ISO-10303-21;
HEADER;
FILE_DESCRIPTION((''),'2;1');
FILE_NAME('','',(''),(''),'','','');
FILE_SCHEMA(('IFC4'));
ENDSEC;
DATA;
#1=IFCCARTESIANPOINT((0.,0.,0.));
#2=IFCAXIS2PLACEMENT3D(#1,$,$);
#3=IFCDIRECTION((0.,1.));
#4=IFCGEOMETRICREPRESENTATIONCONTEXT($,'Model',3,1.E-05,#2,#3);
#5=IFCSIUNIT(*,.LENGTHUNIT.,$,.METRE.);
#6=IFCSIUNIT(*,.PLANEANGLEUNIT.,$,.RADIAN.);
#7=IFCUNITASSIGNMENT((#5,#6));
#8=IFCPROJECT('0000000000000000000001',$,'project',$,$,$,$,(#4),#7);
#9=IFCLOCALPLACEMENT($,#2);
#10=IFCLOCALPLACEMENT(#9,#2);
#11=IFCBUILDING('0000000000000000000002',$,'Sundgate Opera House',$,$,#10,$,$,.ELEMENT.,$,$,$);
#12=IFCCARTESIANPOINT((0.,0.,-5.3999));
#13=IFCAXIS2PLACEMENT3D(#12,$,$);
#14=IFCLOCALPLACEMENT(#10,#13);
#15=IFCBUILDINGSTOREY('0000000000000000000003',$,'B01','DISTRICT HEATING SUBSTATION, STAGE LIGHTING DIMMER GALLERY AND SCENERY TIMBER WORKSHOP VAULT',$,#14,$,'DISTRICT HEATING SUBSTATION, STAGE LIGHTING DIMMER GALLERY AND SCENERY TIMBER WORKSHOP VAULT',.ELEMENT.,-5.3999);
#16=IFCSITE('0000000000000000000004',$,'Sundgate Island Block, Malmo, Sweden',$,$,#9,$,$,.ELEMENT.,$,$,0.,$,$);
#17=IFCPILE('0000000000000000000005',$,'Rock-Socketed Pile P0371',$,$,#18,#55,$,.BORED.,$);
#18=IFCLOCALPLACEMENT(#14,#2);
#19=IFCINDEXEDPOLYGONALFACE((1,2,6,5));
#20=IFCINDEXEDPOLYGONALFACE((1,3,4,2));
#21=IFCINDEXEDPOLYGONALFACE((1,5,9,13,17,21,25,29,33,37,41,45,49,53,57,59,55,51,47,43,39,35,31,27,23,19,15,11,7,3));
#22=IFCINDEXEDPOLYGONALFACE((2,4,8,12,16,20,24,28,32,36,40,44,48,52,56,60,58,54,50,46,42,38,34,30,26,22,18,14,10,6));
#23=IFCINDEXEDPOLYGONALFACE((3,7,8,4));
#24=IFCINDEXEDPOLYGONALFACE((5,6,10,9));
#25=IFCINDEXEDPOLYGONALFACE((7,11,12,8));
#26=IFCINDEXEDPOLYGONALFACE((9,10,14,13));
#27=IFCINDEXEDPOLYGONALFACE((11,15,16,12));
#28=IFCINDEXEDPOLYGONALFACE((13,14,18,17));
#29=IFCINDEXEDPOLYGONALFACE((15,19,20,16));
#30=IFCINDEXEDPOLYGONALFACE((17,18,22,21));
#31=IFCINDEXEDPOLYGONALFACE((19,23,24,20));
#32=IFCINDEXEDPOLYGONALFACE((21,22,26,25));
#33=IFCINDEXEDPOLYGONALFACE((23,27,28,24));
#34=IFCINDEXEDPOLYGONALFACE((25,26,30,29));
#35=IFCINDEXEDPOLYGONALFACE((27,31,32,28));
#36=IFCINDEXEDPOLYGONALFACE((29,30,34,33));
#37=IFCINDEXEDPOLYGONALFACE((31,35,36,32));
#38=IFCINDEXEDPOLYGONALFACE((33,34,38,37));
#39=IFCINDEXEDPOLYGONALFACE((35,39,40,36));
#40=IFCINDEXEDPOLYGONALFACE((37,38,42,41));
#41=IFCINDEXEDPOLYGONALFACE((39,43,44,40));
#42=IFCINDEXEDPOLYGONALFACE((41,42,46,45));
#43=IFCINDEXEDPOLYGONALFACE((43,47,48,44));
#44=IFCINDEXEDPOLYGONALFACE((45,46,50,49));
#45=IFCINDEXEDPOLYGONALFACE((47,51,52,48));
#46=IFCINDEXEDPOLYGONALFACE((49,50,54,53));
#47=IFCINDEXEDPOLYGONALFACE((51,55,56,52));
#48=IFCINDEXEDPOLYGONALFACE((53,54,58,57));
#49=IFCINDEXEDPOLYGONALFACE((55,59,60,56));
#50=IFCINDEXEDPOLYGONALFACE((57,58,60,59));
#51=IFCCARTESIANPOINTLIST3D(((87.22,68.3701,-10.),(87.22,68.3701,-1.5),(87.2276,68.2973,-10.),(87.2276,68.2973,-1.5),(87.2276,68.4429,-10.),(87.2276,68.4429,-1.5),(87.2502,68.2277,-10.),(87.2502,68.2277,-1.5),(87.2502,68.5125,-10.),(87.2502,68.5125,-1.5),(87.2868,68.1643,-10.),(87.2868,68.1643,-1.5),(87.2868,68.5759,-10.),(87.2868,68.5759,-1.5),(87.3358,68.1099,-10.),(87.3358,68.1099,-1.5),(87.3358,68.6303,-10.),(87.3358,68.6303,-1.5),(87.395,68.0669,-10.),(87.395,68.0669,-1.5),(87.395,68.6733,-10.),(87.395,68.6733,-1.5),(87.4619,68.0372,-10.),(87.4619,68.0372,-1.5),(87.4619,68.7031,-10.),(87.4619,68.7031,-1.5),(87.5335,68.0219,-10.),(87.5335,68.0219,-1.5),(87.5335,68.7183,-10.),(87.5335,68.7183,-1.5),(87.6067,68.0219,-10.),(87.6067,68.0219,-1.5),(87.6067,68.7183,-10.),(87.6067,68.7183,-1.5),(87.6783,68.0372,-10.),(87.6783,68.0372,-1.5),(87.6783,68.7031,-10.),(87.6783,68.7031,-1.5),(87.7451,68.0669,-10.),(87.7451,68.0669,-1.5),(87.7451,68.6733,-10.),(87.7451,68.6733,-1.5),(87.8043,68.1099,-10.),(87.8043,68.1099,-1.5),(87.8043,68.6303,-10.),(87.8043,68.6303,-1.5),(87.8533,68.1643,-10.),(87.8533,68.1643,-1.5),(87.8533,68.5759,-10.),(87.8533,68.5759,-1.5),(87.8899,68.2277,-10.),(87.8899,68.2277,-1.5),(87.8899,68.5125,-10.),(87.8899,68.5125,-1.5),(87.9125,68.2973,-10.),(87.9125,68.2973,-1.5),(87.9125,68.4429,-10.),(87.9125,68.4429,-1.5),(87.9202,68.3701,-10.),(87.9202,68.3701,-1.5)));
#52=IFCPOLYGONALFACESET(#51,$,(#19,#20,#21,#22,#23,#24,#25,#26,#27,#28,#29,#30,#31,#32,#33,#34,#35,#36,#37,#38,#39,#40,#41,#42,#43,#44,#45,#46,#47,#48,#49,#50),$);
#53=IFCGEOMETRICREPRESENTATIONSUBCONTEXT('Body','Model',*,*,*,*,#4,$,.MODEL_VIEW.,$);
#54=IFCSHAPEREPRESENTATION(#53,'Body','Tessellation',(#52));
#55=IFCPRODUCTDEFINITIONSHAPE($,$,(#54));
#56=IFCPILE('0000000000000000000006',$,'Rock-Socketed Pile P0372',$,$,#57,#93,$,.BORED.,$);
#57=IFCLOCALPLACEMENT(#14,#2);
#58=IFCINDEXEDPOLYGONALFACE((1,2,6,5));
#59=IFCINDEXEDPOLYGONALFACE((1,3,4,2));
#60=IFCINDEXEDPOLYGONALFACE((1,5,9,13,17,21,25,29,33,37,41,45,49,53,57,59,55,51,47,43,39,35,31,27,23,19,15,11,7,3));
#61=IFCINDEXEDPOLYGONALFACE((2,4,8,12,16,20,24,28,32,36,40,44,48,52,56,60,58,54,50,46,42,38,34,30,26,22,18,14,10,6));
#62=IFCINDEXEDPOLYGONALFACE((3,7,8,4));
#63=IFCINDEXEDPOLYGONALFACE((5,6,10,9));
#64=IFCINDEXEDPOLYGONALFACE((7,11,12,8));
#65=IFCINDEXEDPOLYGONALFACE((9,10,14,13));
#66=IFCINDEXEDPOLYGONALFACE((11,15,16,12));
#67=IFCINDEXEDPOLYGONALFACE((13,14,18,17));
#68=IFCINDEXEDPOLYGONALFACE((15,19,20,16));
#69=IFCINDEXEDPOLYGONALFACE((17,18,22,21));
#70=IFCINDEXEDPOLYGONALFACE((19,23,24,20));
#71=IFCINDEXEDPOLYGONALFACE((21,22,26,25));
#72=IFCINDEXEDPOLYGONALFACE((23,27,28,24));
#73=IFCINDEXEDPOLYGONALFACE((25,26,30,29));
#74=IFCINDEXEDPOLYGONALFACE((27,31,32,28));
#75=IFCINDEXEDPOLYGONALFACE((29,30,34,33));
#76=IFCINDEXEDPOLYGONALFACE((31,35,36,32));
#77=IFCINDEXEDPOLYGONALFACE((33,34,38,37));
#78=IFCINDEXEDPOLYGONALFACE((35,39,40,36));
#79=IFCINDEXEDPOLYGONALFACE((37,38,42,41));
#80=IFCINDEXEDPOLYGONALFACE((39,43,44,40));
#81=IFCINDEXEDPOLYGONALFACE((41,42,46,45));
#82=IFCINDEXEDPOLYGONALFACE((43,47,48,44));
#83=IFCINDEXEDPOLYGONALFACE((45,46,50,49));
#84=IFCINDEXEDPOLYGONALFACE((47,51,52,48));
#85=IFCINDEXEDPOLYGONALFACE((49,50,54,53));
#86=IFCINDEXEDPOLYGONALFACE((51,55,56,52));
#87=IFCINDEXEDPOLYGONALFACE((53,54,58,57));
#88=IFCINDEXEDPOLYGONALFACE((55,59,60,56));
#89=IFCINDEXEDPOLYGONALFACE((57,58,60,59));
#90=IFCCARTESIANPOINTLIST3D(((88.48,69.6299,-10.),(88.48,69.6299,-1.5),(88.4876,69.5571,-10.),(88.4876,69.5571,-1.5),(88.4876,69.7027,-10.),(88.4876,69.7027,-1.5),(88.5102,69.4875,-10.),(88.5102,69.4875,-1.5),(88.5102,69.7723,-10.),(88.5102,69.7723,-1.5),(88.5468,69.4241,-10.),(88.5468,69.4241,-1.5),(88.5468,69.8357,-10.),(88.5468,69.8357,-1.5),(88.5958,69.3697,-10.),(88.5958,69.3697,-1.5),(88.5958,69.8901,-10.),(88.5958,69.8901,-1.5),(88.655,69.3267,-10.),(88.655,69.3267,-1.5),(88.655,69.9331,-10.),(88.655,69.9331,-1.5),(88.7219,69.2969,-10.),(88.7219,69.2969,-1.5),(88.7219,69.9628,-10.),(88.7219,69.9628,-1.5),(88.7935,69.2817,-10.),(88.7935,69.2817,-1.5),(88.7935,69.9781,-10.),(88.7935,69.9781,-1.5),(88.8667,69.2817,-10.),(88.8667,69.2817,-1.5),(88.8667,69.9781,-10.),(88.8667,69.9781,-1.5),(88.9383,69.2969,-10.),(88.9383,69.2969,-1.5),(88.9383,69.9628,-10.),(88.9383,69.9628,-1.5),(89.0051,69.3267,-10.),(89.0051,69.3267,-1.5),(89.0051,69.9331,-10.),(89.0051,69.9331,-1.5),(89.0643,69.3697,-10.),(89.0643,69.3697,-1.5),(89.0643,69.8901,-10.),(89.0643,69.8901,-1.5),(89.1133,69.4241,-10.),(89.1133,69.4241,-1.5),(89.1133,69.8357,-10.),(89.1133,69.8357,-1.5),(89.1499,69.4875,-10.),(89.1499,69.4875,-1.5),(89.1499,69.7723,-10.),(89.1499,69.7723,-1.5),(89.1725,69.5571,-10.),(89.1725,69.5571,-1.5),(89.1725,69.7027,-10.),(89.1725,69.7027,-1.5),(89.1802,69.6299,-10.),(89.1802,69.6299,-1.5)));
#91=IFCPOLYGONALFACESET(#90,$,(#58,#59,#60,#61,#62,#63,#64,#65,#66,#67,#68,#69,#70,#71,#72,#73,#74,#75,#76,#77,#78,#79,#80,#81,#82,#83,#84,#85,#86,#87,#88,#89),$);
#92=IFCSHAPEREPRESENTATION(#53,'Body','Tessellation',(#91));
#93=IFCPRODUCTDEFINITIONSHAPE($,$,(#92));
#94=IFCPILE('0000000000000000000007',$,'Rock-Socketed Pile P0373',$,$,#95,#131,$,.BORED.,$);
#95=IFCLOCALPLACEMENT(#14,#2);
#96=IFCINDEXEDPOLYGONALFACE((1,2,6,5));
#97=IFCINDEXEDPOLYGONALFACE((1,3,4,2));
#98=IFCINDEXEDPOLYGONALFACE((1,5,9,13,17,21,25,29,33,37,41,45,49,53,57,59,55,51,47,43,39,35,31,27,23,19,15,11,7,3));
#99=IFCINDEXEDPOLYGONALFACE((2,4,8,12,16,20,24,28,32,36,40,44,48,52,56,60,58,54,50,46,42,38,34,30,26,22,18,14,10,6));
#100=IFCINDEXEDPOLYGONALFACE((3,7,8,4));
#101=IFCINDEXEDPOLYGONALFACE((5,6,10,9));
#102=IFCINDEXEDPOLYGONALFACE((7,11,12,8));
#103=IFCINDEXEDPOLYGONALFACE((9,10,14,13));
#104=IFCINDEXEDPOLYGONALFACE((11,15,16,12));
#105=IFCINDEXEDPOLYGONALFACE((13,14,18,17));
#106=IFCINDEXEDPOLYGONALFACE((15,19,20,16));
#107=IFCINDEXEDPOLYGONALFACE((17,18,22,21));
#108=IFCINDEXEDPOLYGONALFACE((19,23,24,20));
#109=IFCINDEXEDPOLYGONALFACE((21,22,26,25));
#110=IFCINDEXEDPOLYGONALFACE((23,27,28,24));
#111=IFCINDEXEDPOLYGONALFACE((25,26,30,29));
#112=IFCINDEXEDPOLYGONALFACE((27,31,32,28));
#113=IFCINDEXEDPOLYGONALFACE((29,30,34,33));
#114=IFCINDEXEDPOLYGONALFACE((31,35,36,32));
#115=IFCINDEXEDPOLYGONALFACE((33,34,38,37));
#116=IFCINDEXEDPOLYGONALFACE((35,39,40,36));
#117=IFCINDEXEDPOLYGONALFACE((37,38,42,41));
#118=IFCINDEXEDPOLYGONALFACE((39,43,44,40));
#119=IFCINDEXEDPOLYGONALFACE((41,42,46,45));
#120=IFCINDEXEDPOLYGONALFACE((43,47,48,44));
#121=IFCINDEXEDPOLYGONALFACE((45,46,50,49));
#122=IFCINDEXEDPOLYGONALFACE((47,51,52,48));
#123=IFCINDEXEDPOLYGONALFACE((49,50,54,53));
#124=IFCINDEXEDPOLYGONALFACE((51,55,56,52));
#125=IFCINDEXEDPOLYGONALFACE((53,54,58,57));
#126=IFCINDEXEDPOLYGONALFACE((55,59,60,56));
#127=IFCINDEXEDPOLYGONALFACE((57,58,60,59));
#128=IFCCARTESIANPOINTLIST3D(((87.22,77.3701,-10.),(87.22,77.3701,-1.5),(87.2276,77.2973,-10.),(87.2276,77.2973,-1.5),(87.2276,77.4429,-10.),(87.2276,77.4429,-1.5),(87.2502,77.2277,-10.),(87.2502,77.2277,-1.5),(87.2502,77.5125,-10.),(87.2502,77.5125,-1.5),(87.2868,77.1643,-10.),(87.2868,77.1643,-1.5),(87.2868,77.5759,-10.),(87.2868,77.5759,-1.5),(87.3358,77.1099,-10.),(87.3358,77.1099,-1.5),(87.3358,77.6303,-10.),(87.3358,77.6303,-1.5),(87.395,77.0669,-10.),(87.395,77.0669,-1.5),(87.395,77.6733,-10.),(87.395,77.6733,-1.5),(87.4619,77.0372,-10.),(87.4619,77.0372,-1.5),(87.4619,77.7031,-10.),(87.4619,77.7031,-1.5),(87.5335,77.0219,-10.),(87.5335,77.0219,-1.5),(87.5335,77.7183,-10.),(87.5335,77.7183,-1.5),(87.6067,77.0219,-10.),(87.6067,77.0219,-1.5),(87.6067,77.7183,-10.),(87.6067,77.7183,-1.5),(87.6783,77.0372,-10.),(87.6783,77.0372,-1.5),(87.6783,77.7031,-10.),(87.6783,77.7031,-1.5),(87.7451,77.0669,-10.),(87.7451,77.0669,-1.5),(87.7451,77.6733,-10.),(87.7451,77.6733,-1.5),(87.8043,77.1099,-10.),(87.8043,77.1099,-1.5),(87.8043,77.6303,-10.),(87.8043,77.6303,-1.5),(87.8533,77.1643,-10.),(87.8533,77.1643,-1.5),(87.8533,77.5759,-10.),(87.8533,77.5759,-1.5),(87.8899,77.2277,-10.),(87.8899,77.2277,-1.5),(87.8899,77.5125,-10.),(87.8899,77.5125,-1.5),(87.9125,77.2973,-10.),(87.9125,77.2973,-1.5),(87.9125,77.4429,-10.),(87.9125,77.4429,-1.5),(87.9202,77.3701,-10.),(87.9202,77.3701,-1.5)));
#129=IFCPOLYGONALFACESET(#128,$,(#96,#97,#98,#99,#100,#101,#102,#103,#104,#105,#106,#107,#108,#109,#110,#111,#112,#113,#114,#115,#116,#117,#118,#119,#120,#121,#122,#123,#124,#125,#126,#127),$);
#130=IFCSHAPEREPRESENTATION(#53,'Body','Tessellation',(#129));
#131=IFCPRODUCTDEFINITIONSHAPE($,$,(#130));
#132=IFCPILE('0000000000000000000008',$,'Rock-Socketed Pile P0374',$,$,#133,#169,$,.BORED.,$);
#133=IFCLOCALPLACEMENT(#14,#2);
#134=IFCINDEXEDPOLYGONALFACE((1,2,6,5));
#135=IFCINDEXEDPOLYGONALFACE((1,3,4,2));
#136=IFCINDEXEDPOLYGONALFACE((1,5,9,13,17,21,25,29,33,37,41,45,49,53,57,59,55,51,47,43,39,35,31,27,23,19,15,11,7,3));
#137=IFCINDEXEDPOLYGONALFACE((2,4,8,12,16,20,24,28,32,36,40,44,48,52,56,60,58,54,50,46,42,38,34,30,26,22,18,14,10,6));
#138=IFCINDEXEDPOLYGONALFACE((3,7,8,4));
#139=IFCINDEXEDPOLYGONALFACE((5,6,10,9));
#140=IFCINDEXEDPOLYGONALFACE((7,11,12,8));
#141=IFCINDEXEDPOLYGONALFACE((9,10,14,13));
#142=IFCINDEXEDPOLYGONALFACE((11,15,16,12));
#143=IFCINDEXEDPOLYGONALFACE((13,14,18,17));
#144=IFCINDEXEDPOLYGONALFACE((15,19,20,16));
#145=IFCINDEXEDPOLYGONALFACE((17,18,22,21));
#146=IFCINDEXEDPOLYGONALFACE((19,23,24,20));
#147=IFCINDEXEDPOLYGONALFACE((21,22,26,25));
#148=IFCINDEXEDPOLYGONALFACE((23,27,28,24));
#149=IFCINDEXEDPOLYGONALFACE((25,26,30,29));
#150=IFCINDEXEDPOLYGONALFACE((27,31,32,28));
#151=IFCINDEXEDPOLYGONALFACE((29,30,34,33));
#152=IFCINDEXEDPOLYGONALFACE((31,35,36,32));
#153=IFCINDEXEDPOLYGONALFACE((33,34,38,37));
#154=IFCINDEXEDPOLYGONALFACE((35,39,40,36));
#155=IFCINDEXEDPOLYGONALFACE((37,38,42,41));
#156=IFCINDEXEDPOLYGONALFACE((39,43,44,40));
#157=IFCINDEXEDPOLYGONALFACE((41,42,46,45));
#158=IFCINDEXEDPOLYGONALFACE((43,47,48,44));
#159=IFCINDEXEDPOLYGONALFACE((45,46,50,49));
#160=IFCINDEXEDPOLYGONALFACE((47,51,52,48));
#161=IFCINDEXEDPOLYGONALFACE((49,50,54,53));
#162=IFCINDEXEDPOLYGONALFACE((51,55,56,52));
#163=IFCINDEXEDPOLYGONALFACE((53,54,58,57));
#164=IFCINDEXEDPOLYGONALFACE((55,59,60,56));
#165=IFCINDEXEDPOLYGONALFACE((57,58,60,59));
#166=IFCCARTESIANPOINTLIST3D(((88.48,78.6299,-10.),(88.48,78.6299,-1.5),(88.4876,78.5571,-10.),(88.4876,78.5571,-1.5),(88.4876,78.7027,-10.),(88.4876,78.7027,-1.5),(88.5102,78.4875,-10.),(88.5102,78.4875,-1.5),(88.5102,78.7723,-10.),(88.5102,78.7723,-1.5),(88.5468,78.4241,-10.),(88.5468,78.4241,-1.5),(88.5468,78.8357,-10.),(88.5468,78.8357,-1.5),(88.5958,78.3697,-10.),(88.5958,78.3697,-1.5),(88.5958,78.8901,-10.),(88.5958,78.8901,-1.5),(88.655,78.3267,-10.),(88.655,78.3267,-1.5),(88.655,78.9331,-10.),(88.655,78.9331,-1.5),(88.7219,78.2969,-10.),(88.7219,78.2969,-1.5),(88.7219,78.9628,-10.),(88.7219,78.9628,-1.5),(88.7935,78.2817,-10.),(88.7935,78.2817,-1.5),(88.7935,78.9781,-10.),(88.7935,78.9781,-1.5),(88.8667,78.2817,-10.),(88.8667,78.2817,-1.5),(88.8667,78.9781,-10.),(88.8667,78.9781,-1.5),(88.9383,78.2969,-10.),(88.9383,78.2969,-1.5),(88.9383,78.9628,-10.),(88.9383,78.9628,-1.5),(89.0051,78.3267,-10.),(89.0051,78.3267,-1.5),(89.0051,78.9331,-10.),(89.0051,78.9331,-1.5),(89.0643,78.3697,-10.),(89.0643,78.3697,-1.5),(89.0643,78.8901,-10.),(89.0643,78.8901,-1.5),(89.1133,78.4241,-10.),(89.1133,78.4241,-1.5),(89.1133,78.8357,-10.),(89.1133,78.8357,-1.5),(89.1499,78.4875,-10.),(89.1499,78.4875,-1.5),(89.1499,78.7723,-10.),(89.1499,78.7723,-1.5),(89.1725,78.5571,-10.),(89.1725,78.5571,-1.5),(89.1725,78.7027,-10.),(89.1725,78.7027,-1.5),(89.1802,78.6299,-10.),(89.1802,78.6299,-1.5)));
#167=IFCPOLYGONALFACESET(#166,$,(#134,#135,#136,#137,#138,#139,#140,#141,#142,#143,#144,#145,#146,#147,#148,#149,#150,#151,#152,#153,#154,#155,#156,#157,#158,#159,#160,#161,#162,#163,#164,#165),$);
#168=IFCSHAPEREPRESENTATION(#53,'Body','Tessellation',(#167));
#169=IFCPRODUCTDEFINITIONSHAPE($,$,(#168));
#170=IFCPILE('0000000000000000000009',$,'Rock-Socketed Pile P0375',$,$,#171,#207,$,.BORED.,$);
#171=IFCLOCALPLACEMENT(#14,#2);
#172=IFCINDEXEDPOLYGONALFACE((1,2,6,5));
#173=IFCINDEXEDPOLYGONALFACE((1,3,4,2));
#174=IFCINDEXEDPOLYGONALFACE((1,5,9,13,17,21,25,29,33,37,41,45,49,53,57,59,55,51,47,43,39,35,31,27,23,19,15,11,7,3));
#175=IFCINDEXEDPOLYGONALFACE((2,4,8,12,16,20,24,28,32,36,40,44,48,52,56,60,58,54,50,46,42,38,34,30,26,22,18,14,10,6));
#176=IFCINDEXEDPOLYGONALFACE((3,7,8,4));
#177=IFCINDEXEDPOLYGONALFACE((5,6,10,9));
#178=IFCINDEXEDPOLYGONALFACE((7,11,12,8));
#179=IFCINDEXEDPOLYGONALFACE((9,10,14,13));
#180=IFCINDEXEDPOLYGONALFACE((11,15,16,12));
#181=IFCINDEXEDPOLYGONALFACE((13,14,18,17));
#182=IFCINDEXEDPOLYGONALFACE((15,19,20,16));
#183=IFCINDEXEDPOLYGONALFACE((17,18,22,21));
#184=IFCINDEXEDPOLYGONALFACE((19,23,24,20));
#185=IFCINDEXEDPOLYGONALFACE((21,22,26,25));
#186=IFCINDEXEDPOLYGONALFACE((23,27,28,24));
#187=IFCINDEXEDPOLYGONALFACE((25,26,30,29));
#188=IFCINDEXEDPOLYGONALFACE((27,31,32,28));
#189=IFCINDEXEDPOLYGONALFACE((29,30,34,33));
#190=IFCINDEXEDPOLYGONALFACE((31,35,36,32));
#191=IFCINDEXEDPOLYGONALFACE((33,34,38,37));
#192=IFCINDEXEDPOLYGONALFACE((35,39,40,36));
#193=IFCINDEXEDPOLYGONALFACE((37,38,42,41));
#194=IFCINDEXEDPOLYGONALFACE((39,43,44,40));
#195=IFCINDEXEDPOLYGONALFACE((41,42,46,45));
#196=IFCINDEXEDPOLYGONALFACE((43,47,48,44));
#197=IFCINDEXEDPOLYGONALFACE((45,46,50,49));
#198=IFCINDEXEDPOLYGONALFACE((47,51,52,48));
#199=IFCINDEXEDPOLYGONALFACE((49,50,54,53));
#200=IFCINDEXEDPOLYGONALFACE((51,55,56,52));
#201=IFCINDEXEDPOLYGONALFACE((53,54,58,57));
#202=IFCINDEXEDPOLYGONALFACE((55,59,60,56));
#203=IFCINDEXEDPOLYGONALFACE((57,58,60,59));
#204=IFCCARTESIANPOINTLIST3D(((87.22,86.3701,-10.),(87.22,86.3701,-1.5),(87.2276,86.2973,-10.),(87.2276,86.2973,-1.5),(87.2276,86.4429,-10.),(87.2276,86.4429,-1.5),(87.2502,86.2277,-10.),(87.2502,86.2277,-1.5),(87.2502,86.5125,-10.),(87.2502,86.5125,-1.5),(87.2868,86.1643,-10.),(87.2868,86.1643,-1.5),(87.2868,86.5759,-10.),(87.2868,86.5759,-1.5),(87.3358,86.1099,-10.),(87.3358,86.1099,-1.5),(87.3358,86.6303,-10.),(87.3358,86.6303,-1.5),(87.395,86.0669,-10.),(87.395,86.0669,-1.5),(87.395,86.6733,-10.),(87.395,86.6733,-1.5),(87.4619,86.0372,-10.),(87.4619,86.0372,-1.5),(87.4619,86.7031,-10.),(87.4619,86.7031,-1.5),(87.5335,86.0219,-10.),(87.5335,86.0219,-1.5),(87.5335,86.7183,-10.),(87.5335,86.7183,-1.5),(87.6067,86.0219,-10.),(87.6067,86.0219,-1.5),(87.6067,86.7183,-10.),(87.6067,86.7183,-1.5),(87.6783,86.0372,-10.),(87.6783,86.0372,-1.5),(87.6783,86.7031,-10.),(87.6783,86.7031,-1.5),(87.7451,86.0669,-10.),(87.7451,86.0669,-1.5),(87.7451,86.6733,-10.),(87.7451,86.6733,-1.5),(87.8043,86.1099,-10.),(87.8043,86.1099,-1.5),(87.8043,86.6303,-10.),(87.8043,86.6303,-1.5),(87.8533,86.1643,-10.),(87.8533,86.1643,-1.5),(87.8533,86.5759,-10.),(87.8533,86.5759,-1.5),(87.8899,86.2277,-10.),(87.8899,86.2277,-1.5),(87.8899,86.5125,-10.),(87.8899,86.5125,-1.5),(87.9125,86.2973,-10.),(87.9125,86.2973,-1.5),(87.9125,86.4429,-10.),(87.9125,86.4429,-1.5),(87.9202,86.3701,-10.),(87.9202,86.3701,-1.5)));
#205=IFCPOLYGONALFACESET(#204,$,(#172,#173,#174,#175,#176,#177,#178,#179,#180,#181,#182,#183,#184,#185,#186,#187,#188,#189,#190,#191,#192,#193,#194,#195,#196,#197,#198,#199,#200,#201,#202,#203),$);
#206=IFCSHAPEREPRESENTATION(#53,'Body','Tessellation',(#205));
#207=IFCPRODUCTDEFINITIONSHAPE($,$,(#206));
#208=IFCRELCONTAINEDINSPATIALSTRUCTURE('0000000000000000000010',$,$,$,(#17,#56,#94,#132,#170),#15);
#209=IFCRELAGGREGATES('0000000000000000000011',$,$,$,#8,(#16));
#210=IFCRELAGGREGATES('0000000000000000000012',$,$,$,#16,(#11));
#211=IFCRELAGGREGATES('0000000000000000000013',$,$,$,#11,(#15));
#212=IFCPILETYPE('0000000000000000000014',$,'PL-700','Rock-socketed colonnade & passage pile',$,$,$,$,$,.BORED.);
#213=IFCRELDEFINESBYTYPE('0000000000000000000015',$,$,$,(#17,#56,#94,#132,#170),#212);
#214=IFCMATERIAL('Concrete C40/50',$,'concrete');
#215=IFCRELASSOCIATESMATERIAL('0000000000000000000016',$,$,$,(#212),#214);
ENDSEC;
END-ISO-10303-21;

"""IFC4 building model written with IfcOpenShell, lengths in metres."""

from ifc_helpers import new_model, si_unit, direction, frame, origin, origin_2d, place, context, subcontext, project, spatial, circle, extrude, material, material_profile, profile_set, type_object, element, save


model = new_model("IFC4")

# Units and contexts
model_context = context("Model", 3, precision=1e-05, world=origin(), true_north=direction((0.0, 1.0)))
body_context = subcontext(model_context, "Body", "Model", "MODEL_VIEW")
ifc_project = project(units=[si_unit("LENGTHUNIT", "METRE"), si_unit("PLANEANGLEUNIT", "RADIAN")], contexts=[model_context])

# Site, building, storey
site_placement = place(None, origin())
site = spatial("IfcSite", under=ifc_project, at=site_placement, Name="Sundgate Island Block, Malmo, Sweden", CompositionType="ELEMENT", RefElevation=0.0)
building_placement = place(site_placement, origin())
building = spatial("IfcBuilding", under=site, at=building_placement, Name="Sundgate Opera House", CompositionType="ELEMENT")
storey_placement = place(building_placement, frame((0.0, 0.0, -5.3999)))
storey = spatial("IfcBuildingStorey", under=building, at=storey_placement, Name="B01", Description="DISTRICT HEATING SUBSTATION, STAGE LIGHTING DIMMER GALLERY AND SCENERY TIMBER WORKSHOP VAULT", LongName="DISTRICT HEATING SUBSTATION, STAGE LIGHTING DIMMER GALLERY AND SCENERY TIMBER WORKSHOP VAULT", CompositionType="ELEMENT", Elevation=-5.3999)

# Piles
ifc_material_1 = material(Name="Concrete C40/50", Category="concrete")
ifc_material_profile_1 = material_profile(ifc_material_1, circle(Radius=0.3501, at=origin_2d()), Name="PILE D700")
ifc_profile_set_1 = profile_set([ifc_material_profile_1], Name="Concrete C40/50")
pile_type_1 = type_object("IfcPileType", Name="PL-700", Description="Rock-socketed colonnade & passage pile", PredefinedType="BORED", material=ifc_profile_set_1)
for number, where, z_axis, x_axis, name in (
    (1, (87.5701, 68.3701, -1.5), (0.0, 0.0, -1.0), (1.0, 0.0, 0.0), "Rock-Socketed Pile P0371"),
    (2, (88.8301, 69.6299, -1.5), (0.0, 0.0, -1.0), (1.0, 0.0, 0.0), "Rock-Socketed Pile P0372"),
    (3, (87.5701, 77.3701, -1.5), (0.0, 0.0, -1.0), (1.0, 0.0, 0.0), "Rock-Socketed Pile P0373"),
    (4, (88.8301, 78.6299, -1.5), (0.0, 0.0, -1.0), (1.0, 0.0, 0.0), "Rock-Socketed Pile P0374"),
    (5, (87.5701, 86.3701, -1.5), (0.0, 0.0, -1.0), (1.0, 0.0, 0.0), "Rock-Socketed Pile P0375"),
):
    element("IfcPile", number, at=place(storey_placement, frame(where, z_axis=z_axis, x_axis=x_axis)), inside=storey, type_object=pile_type_1, Name=name, PredefinedType="BORED", context=body_context, shape_type="SweptSolid", body=[
        extrude(circle(Radius=0.3501, at=origin_2d()), origin(), (0.0, 0.0, 1.0), 8.5),
    ])

save(model, "model.ifc")
